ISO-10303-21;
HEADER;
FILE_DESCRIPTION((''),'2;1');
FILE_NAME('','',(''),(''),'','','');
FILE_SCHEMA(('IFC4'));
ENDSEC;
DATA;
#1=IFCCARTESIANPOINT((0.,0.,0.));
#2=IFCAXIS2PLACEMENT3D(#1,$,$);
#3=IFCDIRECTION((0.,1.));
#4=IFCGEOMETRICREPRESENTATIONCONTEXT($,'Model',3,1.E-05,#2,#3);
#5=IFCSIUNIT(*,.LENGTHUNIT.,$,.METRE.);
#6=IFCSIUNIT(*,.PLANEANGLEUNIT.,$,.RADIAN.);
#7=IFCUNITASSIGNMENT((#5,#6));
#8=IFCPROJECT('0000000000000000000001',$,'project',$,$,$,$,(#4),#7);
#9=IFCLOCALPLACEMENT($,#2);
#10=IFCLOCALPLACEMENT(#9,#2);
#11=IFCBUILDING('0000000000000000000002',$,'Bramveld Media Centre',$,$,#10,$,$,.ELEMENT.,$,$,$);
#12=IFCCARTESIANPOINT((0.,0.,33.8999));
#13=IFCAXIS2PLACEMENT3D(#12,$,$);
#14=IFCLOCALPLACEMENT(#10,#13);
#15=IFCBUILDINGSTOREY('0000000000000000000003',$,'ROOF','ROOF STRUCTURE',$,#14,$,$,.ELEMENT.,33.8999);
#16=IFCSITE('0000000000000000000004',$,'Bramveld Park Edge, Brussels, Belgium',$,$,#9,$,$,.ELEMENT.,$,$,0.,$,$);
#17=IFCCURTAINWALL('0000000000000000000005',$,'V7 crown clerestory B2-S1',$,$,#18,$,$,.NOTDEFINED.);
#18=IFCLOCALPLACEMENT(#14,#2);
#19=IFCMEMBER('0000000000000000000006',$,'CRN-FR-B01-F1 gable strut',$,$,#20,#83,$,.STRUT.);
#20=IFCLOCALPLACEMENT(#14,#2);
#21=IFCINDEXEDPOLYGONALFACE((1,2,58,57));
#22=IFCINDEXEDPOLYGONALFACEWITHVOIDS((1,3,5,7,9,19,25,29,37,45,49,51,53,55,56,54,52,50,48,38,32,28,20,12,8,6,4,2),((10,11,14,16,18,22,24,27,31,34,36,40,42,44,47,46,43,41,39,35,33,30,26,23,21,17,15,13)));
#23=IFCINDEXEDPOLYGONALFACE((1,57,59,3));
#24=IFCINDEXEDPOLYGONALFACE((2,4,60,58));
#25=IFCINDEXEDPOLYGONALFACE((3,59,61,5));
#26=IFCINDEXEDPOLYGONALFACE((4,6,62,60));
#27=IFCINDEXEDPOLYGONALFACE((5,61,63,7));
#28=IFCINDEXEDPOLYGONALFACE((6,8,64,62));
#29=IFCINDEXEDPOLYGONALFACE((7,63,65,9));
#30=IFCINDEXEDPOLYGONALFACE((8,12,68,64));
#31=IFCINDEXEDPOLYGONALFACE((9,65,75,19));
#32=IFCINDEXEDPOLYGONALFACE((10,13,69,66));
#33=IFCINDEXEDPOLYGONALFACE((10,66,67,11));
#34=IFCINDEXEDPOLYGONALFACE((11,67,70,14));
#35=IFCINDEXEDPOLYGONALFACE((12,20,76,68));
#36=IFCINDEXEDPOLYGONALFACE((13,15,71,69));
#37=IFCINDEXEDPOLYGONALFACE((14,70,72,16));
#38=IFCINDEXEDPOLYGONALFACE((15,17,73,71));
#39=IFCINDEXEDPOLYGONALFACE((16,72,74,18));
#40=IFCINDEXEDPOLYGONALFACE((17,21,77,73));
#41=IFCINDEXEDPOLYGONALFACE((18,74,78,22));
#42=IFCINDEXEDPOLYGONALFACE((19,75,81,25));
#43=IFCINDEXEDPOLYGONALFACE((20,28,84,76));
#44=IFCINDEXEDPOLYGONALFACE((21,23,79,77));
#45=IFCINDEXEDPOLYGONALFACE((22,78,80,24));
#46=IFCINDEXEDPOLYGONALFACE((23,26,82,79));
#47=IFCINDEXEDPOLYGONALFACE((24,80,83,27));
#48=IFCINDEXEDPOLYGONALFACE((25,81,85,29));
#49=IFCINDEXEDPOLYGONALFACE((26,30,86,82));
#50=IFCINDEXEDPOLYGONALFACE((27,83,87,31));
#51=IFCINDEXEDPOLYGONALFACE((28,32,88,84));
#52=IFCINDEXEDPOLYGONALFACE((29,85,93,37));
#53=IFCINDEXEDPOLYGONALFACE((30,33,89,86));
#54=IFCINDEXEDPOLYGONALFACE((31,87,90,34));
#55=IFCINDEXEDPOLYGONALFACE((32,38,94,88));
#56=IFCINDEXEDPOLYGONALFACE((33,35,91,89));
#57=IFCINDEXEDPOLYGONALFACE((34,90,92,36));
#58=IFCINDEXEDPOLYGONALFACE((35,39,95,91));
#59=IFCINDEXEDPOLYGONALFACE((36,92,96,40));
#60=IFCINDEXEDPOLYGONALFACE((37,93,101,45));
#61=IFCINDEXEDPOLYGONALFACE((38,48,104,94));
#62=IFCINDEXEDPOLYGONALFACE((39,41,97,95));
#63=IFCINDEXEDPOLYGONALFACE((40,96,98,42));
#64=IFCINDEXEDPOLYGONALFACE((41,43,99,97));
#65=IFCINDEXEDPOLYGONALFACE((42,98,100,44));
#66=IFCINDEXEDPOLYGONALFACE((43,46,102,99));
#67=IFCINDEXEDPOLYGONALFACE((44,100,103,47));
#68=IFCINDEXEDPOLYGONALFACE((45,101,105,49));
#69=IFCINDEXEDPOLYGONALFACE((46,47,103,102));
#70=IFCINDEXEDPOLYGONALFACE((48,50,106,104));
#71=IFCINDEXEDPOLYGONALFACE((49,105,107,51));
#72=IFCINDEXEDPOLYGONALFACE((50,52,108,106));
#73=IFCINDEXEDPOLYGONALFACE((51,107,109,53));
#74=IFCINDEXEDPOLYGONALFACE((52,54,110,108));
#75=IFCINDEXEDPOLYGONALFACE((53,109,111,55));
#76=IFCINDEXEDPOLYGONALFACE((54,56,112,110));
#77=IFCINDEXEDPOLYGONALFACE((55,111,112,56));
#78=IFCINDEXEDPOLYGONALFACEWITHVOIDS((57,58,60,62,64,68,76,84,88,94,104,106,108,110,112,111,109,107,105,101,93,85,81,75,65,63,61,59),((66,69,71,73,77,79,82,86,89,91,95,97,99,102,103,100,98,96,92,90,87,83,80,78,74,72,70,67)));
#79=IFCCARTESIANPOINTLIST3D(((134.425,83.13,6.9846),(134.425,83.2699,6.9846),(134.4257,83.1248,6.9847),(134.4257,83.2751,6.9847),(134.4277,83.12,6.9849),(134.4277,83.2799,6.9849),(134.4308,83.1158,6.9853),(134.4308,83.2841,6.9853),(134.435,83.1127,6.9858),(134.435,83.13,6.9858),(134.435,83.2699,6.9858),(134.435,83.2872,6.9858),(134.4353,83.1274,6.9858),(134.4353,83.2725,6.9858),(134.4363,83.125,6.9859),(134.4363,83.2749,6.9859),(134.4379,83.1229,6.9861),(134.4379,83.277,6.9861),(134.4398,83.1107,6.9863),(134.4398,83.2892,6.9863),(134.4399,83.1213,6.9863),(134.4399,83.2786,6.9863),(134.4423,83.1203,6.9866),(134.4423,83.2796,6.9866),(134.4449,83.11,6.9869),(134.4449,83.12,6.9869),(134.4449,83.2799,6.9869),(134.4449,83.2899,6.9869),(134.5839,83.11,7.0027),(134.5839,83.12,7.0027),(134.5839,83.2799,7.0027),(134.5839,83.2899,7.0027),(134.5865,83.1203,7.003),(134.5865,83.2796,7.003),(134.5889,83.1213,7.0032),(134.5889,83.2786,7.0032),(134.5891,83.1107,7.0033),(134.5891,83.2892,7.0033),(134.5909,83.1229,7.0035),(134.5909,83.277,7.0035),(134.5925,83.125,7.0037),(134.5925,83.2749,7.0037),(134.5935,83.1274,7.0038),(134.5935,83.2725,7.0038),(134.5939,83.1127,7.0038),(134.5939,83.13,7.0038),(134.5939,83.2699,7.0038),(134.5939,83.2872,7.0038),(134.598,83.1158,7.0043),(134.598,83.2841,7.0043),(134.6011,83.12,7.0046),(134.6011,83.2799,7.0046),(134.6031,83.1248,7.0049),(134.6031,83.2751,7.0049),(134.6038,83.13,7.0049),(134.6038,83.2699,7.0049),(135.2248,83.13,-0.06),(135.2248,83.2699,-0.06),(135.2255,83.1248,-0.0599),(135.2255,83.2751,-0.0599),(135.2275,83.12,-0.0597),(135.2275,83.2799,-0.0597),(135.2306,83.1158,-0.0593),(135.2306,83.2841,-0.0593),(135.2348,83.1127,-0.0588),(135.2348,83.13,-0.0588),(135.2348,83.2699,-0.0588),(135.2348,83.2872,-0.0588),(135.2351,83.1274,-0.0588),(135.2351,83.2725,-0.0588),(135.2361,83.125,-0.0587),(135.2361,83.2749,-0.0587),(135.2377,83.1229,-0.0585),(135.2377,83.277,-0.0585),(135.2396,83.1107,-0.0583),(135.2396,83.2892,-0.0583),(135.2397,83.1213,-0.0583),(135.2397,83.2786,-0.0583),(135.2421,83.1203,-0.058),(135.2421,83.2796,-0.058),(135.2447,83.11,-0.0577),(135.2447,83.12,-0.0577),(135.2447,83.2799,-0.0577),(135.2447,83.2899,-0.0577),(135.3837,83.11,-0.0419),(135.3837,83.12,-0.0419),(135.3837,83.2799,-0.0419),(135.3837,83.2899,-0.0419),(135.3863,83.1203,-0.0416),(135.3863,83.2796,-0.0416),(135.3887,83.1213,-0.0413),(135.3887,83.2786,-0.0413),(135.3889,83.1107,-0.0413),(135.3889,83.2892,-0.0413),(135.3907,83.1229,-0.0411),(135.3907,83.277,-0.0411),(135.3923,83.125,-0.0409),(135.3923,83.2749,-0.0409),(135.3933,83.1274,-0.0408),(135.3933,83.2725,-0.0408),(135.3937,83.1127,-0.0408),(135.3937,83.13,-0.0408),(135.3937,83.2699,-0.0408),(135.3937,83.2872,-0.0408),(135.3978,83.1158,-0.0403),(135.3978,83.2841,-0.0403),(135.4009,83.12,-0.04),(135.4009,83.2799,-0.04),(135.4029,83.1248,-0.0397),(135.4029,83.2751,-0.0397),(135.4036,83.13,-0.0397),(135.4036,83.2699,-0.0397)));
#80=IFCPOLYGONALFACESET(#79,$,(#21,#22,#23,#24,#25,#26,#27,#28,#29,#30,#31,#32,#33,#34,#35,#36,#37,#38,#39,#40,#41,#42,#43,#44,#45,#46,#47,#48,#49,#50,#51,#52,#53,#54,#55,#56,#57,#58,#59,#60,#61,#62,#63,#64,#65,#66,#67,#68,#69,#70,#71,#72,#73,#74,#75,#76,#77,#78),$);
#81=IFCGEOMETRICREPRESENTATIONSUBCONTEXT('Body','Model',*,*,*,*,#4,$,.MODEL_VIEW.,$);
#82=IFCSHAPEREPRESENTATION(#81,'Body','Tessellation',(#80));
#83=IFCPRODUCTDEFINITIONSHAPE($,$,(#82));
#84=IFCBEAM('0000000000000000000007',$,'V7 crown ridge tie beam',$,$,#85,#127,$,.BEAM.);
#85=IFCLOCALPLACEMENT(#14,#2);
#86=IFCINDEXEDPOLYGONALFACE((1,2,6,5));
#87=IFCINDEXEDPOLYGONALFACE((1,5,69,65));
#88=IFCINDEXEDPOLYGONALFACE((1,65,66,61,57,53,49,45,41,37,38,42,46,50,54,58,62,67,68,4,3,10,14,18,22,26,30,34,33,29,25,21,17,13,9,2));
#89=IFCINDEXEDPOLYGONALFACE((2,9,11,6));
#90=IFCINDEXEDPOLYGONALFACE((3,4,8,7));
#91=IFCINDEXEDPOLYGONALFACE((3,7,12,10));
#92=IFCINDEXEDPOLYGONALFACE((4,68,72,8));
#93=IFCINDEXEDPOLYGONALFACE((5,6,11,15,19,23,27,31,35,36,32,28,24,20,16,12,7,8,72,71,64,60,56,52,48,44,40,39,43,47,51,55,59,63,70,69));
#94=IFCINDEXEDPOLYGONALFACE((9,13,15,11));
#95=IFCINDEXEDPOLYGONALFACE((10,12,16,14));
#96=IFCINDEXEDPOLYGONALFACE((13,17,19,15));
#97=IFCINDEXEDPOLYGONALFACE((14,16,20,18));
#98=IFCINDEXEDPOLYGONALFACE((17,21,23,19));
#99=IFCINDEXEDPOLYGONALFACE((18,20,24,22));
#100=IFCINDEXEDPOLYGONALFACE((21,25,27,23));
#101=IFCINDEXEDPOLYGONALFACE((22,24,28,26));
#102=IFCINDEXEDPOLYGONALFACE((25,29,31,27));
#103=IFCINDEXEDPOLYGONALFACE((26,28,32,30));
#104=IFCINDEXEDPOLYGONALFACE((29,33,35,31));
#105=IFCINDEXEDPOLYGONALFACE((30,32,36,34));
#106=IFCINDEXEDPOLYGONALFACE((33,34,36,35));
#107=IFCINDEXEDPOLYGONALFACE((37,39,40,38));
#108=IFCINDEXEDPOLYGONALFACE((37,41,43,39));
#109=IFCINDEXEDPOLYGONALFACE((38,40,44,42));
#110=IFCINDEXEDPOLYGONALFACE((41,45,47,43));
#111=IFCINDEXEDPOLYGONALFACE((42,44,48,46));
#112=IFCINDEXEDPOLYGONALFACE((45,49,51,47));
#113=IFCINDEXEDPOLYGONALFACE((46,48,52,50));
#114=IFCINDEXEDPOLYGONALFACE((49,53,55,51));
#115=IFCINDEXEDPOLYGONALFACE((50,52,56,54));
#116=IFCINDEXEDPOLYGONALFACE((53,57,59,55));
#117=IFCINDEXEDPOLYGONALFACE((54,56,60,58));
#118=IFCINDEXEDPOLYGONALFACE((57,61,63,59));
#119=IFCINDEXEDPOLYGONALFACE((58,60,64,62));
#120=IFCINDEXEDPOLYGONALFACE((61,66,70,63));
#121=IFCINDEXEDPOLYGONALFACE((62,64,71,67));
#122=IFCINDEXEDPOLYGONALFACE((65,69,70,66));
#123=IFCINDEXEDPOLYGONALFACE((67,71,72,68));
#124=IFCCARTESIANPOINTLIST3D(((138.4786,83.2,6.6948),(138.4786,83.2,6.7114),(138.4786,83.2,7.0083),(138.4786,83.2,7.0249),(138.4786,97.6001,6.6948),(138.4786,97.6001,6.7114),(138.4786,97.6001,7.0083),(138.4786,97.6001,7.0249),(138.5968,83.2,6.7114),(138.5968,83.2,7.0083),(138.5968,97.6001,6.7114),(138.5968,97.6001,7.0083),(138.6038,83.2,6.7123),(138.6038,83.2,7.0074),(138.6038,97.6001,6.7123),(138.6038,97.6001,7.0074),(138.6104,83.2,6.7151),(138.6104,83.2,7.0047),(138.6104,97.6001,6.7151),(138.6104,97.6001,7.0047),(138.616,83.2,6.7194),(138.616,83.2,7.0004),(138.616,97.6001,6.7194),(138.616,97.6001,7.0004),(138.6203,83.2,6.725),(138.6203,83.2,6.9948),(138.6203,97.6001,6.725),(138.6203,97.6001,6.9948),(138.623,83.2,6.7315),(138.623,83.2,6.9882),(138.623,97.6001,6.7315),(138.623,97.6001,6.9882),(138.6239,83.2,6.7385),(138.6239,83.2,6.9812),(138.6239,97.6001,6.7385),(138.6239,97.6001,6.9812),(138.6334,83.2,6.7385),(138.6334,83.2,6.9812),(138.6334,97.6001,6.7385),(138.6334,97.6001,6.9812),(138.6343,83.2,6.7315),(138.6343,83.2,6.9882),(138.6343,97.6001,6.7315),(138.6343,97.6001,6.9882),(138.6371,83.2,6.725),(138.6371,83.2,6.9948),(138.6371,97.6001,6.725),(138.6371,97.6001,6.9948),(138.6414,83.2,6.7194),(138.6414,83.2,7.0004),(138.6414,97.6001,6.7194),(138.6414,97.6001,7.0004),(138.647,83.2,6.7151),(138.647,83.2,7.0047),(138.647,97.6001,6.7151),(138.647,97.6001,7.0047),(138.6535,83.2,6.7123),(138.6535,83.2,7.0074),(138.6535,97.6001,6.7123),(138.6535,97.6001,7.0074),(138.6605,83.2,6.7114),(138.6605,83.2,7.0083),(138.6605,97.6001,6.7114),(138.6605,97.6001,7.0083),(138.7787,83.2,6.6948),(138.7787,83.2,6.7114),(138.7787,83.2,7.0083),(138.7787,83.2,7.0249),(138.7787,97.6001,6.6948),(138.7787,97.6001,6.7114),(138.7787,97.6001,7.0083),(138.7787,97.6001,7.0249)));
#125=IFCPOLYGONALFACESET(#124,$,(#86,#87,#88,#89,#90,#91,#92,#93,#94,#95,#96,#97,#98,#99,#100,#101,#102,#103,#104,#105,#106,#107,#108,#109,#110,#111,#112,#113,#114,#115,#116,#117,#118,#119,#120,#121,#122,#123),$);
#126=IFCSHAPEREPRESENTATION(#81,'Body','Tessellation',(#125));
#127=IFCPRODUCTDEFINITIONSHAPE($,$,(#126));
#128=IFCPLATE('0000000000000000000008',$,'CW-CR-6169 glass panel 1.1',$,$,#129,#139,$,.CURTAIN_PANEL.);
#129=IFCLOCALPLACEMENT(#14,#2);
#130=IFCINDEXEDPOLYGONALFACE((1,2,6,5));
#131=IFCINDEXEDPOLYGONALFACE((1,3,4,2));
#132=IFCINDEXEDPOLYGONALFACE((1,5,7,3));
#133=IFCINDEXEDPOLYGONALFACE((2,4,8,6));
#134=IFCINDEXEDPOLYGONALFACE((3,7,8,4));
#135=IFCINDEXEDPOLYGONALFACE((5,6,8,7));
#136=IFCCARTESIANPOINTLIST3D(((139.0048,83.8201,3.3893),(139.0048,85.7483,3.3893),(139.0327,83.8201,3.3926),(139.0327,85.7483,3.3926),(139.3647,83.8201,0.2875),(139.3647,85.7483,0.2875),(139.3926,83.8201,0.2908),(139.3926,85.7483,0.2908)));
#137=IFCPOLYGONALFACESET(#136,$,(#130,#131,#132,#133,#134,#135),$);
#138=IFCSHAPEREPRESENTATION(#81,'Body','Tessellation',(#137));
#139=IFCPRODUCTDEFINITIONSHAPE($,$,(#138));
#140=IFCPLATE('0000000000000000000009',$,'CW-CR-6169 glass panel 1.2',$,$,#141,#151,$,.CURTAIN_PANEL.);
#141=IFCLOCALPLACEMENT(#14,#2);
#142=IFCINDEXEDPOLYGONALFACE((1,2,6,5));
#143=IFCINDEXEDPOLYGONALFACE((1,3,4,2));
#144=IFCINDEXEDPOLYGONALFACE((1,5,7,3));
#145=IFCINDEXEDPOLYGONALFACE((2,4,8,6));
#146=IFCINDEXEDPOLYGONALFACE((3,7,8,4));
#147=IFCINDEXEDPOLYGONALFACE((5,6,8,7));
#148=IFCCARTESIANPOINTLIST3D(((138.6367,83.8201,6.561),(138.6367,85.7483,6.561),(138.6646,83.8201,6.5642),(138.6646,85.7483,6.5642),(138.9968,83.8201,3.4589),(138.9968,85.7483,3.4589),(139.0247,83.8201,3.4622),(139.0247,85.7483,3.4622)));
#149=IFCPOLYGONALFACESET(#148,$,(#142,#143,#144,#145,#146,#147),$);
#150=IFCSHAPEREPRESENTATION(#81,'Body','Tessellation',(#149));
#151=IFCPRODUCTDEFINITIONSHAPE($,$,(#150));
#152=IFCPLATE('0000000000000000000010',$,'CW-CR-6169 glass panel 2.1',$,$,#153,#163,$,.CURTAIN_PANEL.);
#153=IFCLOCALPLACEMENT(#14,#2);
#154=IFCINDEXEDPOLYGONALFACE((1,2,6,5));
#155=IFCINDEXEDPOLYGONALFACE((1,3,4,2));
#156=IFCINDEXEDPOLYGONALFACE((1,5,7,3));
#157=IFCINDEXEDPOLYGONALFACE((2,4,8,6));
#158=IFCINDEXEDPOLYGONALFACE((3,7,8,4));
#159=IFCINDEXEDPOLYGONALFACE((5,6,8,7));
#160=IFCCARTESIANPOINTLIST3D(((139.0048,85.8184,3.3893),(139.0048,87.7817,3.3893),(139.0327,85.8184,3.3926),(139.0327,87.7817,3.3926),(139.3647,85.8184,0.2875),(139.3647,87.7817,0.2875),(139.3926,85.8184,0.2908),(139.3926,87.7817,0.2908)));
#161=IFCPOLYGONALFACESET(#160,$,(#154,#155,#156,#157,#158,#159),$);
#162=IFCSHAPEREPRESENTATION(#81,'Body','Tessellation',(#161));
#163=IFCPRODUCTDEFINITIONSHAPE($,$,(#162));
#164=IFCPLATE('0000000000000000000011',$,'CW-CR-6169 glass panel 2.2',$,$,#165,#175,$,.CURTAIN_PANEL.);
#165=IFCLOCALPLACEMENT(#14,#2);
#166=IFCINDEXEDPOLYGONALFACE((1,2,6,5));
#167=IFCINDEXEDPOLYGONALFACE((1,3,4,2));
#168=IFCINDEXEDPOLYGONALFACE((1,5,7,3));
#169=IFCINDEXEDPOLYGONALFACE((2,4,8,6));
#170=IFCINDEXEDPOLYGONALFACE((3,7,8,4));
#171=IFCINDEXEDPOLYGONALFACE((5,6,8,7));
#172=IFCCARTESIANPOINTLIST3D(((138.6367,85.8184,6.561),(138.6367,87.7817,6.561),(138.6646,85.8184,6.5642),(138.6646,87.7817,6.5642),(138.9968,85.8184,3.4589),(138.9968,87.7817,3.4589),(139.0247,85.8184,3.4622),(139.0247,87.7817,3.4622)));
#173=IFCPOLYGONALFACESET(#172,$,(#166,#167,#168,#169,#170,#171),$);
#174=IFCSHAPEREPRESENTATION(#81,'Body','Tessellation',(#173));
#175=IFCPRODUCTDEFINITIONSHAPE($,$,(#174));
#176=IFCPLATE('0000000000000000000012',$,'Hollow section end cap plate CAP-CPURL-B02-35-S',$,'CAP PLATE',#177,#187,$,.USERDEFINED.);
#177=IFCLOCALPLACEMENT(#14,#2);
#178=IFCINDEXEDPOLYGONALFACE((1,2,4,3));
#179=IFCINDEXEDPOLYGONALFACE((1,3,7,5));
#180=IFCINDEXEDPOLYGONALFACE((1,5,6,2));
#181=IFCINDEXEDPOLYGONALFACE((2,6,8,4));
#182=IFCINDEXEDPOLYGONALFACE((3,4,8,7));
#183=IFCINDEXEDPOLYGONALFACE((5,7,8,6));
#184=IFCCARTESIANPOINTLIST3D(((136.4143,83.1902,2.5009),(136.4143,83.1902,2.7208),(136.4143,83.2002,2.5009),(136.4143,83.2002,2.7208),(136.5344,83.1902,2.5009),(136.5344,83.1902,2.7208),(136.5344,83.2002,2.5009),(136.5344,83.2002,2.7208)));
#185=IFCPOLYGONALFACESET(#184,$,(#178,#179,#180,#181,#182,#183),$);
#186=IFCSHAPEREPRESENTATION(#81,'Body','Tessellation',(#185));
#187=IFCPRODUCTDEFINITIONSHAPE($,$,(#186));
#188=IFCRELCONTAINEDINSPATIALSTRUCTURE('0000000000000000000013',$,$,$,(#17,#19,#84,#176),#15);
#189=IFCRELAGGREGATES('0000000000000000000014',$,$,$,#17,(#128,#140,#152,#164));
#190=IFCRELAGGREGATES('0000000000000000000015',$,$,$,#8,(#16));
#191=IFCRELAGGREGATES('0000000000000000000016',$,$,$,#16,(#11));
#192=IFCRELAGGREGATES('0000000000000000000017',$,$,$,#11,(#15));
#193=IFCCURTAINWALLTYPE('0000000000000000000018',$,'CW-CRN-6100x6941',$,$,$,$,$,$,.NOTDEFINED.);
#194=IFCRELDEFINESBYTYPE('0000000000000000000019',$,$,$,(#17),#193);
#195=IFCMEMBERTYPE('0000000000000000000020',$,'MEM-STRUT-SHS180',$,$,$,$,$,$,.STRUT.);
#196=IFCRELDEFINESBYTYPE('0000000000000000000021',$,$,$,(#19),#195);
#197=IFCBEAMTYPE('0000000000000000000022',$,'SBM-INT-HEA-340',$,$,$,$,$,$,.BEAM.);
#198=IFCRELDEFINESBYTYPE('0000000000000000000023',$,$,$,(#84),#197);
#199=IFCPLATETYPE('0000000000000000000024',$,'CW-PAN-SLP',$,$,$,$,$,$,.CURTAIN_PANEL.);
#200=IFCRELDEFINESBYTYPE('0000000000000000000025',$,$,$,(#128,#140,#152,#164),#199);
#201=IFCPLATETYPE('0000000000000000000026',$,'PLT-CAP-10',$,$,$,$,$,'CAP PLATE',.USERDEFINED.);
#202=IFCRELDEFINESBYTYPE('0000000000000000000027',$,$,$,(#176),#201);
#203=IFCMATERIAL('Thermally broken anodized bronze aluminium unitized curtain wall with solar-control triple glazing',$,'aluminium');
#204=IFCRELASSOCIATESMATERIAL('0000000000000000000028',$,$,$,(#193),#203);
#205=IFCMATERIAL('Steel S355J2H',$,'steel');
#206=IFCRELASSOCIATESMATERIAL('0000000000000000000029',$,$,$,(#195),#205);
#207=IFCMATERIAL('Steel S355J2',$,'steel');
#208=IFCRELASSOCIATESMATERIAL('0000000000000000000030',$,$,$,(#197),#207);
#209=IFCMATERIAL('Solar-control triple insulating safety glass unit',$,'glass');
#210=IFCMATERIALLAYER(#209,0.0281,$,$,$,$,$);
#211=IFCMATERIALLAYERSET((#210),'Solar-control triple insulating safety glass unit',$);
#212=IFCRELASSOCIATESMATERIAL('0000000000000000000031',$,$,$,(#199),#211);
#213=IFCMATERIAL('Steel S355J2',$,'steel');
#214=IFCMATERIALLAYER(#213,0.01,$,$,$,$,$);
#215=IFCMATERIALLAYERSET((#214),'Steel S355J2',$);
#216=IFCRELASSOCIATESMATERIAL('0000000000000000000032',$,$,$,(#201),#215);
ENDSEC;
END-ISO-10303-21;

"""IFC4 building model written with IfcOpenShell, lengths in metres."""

from ifc_helpers import new_model, si_unit, direction, frame, origin, origin_2d, place, context, subcontext, project, spatial, polyline, rectangle, hollow_rectangle, i_section, outline, extrude, material, layer, layer_set, material_profile, profile_set, type_object, element, aggregate, save


model = new_model("IFC4")

# Units and contexts
model_context = context("Model", 3, precision=1e-05, world=origin(), true_north=direction((0.0, 1.0)))
body_context = subcontext(model_context, "Body", "Model", "MODEL_VIEW")
ifc_project = project(units=[si_unit("LENGTHUNIT", "METRE"), si_unit("PLANEANGLEUNIT", "RADIAN")], contexts=[model_context])

# Site, building, storey
site_placement = place(None, origin())
site = spatial("IfcSite", under=ifc_project, at=site_placement, Name="Bramveld Park Edge, Brussels, Belgium", CompositionType="ELEMENT", RefElevation=0.0)
building_placement = place(site_placement, origin())
building = spatial("IfcBuilding", under=site, at=building_placement, Name="Bramveld Media Centre", CompositionType="ELEMENT")
storey_placement = place(building_placement, frame((0.0, 0.0, 33.8999)))
storey = spatial("IfcBuildingStorey", under=building, at=storey_placement, Name="ROOF", Description="ROOF STRUCTURE", CompositionType="ELEMENT", Elevation=33.8999)

# Curtain wall
ifc_material_1 = material(Name="Thermally broken anodized bronze aluminium unitized curtain wall with solar-control triple glazing", Category="aluminium")
curtain_wall_type = type_object("IfcCurtainWallType", Name="CW-CRN-6100x6941", PredefinedType="NOTDEFINED", material=ifc_material_1)
curtain_wall_1_placement = place(storey_placement, origin())
curtain_wall_1 = element("IfcCurtainWall", 1, at=curtain_wall_1_placement, inside=storey, type_object=curtain_wall_type, Name="V7 crown clerestory B2-S1", PredefinedType="NOTDEFINED")

# Member
ifc_material_2 = material(Name="Steel S355J2H", Category="steel")
ifc_material_profile_1 = material_profile(ifc_material_2, hollow_rectangle(XDim=0.1799, YDim=0.1799, WallThickness=0.01, InnerFilletRadius=0.01, OuterFilletRadius=0.02, at=origin_2d()), Name="SHS 180x180x10")
ifc_profile_set_1 = profile_set([ifc_material_profile_1], Name="Steel S355J2H")
member_type_1 = type_object("IfcMemberType", Name="MEM-STRUT-SHS180", PredefinedType="STRUT", material=ifc_profile_set_1)
member_1_placement = place(storey_placement, frame((135.3142, 83.2, -0.0498), z_axis=(-0.112808, 0.0, 0.993617), x_axis=(0.0, -1.0, 0.0)))
element("IfcMember", 2, at=member_1_placement, inside=storey, type_object=member_type_1, Name="CRN-FR-B01-F1 gable strut", PredefinedType="STRUT", context=body_context, shape_type="SweptSolid", body=[
    extrude(hollow_rectangle(XDim=0.1799, YDim=0.1799, WallThickness=0.01, InnerFilletRadius=0.01, OuterFilletRadius=0.02, at=origin_2d()), origin(), (0.0, 0.0, 1.0), 7.0898),
])

# Beam
ifc_material_3 = material(Name="Steel S355J2", Category="steel")
ifc_material_profile_2 = material_profile(ifc_material_3, i_section(OverallWidth=0.3, OverallDepth=0.3301, WebThickness=0.0095, FlangeThickness=0.0166, FilletRadius=0.0271, at=origin_2d()), Name="HEA 340")
ifc_profile_set_2 = profile_set([ifc_material_profile_2], Name="Steel S355J2")
beam_type = type_object("IfcBeamType", Name="SBM-INT-HEA-340", PredefinedType="BEAM", material=ifc_profile_set_2)
beam_placement = place(storey_placement, frame((138.6287, 83.2, 6.8599), z_axis=(0.0, 1.0, 0.0), x_axis=(-1.0, 0.0, 0.0)))
element("IfcBeam", 3, at=beam_placement, inside=storey, type_object=beam_type, Name="V7 crown ridge tie beam", PredefinedType="BEAM", context=body_context, shape_type="SweptSolid", body=[
    extrude(i_section(OverallWidth=0.3, OverallDepth=0.3301, WebThickness=0.0095, FlangeThickness=0.0166, FilletRadius=0.0271, at=origin_2d()), origin(), (0.0, 0.0, 1.0), 14.4001),
])

# Plates
ifc_material_4 = material(Name="Solar-control triple insulating safety glass unit", Category="glass")
ifc_layer_1 = layer(ifc_material_4, 0.0281)
ifc_layer_set_1 = layer_set([ifc_layer_1], Name="Solar-control triple insulating safety glass unit")
plate_type_1 = type_object("IfcPlateType", Name="CW-PAN-SLP", PredefinedType="CURTAIN_PANEL", material=ifc_layer_set_1)
plate_1_placement = place(storey_placement, frame((139.3926, 83.8201, 0.2908), z_axis=(0.993337, 0.0, 0.115244), x_axis=(0.0, 1.0, 0.0)))
plate_1 = element("IfcPlate", 4, at=plate_1_placement, type_object=plate_type_1, Name="CW-CR-6169 glass panel 1.1", PredefinedType="CURTAIN_PANEL", context=body_context, shape_type="SweptSolid", body=[
    extrude(outline(polyline([(0.0, 0.0), (1.9282, 0.0), (1.9282, 3.1226), (0.0, 3.1226), (0.0, 0.0)])), origin(), (0.0, 0.0, -1.0), 0.0281),
])
plate_2_placement = place(storey_placement, frame((139.0247, 83.8201, 3.4622), z_axis=(0.993329, 0.0, 0.115313), x_axis=(0.0, 1.0, 0.0)))
plate_2 = element("IfcPlate", 5, at=plate_2_placement, type_object=plate_type_1, Name="CW-CR-6169 glass panel 1.2", PredefinedType="CURTAIN_PANEL", context=body_context, shape_type="SweptSolid", body=[
    extrude(outline(polyline([(0.0, 0.0), (1.9282, 0.0), (1.9282, 3.1229), (0.0, 3.1229), (0.0, 0.0)])), origin(), (0.0, 0.0, -1.0), 0.0281),
])
plate_3_placement = place(storey_placement, frame((139.3926, 85.8184, 0.2908), z_axis=(0.993337, 0.0, 0.115244), x_axis=(0.0, 1.0, 0.0)))
plate_3 = element("IfcPlate", 6, at=plate_3_placement, type_object=plate_type_1, Name="CW-CR-6169 glass panel 2.1", PredefinedType="CURTAIN_PANEL", context=body_context, shape_type="SweptSolid", body=[
    extrude(outline(polyline([(0.0, 0.0), (1.9634, 0.0), (1.9634, 3.1226), (0.0, 3.1226), (0.0, 0.0)])), origin(), (0.0, 0.0, -1.0), 0.0281),
])
plate_4_placement = place(storey_placement, frame((139.0247, 85.8184, 3.4622), z_axis=(0.993329, 0.0, 0.115313), x_axis=(0.0, 1.0, 0.0)))
plate_4 = element("IfcPlate", 7, at=plate_4_placement, type_object=plate_type_1, Name="CW-CR-6169 glass panel 2.2", PredefinedType="CURTAIN_PANEL", context=body_context, shape_type="SweptSolid", body=[
    extrude(outline(polyline([(0.0, 0.0), (1.9634, 0.0), (1.9634, 3.1229), (0.0, 3.1229), (0.0, 0.0)])), origin(), (0.0, 0.0, -1.0), 0.0281),
])
aggregate(curtain_wall_1, [plate_1, plate_2, plate_3, plate_4])

# Plate
ifc_material_5 = material(Name="Steel S355J2", Category="steel")
ifc_layer_2 = layer(ifc_material_5, 0.01)
ifc_layer_set_2 = layer_set([ifc_layer_2], Name="Steel S355J2")
plate_type_2 = type_object("IfcPlateType", Name="PLT-CAP-10", ElementType="CAP PLATE", PredefinedType="USERDEFINED", material=ifc_layer_set_2)
for number, where, z_axis, x_axis, name in (
    (8, (136.4744, 83.2002, 2.6108), (0.0, -1.0, 0.0), (1.0, 0.0, 0.0), "Hollow section end cap plate CAP-CPURL-B02-35-S"),
):
    element("IfcPlate", number, at=place(storey_placement, frame(where, z_axis=z_axis, x_axis=x_axis)), inside=storey, type_object=plate_type_2, Name=name, ObjectType="CAP PLATE", PredefinedType="USERDEFINED", context=body_context, shape_type="SweptSolid", body=[
        extrude(rectangle(XDim=0.1201, YDim=0.22, at=origin_2d()), origin(), (0.0, 0.0, 1.0), 0.01),
    ])

save(model, "model.ifc")
